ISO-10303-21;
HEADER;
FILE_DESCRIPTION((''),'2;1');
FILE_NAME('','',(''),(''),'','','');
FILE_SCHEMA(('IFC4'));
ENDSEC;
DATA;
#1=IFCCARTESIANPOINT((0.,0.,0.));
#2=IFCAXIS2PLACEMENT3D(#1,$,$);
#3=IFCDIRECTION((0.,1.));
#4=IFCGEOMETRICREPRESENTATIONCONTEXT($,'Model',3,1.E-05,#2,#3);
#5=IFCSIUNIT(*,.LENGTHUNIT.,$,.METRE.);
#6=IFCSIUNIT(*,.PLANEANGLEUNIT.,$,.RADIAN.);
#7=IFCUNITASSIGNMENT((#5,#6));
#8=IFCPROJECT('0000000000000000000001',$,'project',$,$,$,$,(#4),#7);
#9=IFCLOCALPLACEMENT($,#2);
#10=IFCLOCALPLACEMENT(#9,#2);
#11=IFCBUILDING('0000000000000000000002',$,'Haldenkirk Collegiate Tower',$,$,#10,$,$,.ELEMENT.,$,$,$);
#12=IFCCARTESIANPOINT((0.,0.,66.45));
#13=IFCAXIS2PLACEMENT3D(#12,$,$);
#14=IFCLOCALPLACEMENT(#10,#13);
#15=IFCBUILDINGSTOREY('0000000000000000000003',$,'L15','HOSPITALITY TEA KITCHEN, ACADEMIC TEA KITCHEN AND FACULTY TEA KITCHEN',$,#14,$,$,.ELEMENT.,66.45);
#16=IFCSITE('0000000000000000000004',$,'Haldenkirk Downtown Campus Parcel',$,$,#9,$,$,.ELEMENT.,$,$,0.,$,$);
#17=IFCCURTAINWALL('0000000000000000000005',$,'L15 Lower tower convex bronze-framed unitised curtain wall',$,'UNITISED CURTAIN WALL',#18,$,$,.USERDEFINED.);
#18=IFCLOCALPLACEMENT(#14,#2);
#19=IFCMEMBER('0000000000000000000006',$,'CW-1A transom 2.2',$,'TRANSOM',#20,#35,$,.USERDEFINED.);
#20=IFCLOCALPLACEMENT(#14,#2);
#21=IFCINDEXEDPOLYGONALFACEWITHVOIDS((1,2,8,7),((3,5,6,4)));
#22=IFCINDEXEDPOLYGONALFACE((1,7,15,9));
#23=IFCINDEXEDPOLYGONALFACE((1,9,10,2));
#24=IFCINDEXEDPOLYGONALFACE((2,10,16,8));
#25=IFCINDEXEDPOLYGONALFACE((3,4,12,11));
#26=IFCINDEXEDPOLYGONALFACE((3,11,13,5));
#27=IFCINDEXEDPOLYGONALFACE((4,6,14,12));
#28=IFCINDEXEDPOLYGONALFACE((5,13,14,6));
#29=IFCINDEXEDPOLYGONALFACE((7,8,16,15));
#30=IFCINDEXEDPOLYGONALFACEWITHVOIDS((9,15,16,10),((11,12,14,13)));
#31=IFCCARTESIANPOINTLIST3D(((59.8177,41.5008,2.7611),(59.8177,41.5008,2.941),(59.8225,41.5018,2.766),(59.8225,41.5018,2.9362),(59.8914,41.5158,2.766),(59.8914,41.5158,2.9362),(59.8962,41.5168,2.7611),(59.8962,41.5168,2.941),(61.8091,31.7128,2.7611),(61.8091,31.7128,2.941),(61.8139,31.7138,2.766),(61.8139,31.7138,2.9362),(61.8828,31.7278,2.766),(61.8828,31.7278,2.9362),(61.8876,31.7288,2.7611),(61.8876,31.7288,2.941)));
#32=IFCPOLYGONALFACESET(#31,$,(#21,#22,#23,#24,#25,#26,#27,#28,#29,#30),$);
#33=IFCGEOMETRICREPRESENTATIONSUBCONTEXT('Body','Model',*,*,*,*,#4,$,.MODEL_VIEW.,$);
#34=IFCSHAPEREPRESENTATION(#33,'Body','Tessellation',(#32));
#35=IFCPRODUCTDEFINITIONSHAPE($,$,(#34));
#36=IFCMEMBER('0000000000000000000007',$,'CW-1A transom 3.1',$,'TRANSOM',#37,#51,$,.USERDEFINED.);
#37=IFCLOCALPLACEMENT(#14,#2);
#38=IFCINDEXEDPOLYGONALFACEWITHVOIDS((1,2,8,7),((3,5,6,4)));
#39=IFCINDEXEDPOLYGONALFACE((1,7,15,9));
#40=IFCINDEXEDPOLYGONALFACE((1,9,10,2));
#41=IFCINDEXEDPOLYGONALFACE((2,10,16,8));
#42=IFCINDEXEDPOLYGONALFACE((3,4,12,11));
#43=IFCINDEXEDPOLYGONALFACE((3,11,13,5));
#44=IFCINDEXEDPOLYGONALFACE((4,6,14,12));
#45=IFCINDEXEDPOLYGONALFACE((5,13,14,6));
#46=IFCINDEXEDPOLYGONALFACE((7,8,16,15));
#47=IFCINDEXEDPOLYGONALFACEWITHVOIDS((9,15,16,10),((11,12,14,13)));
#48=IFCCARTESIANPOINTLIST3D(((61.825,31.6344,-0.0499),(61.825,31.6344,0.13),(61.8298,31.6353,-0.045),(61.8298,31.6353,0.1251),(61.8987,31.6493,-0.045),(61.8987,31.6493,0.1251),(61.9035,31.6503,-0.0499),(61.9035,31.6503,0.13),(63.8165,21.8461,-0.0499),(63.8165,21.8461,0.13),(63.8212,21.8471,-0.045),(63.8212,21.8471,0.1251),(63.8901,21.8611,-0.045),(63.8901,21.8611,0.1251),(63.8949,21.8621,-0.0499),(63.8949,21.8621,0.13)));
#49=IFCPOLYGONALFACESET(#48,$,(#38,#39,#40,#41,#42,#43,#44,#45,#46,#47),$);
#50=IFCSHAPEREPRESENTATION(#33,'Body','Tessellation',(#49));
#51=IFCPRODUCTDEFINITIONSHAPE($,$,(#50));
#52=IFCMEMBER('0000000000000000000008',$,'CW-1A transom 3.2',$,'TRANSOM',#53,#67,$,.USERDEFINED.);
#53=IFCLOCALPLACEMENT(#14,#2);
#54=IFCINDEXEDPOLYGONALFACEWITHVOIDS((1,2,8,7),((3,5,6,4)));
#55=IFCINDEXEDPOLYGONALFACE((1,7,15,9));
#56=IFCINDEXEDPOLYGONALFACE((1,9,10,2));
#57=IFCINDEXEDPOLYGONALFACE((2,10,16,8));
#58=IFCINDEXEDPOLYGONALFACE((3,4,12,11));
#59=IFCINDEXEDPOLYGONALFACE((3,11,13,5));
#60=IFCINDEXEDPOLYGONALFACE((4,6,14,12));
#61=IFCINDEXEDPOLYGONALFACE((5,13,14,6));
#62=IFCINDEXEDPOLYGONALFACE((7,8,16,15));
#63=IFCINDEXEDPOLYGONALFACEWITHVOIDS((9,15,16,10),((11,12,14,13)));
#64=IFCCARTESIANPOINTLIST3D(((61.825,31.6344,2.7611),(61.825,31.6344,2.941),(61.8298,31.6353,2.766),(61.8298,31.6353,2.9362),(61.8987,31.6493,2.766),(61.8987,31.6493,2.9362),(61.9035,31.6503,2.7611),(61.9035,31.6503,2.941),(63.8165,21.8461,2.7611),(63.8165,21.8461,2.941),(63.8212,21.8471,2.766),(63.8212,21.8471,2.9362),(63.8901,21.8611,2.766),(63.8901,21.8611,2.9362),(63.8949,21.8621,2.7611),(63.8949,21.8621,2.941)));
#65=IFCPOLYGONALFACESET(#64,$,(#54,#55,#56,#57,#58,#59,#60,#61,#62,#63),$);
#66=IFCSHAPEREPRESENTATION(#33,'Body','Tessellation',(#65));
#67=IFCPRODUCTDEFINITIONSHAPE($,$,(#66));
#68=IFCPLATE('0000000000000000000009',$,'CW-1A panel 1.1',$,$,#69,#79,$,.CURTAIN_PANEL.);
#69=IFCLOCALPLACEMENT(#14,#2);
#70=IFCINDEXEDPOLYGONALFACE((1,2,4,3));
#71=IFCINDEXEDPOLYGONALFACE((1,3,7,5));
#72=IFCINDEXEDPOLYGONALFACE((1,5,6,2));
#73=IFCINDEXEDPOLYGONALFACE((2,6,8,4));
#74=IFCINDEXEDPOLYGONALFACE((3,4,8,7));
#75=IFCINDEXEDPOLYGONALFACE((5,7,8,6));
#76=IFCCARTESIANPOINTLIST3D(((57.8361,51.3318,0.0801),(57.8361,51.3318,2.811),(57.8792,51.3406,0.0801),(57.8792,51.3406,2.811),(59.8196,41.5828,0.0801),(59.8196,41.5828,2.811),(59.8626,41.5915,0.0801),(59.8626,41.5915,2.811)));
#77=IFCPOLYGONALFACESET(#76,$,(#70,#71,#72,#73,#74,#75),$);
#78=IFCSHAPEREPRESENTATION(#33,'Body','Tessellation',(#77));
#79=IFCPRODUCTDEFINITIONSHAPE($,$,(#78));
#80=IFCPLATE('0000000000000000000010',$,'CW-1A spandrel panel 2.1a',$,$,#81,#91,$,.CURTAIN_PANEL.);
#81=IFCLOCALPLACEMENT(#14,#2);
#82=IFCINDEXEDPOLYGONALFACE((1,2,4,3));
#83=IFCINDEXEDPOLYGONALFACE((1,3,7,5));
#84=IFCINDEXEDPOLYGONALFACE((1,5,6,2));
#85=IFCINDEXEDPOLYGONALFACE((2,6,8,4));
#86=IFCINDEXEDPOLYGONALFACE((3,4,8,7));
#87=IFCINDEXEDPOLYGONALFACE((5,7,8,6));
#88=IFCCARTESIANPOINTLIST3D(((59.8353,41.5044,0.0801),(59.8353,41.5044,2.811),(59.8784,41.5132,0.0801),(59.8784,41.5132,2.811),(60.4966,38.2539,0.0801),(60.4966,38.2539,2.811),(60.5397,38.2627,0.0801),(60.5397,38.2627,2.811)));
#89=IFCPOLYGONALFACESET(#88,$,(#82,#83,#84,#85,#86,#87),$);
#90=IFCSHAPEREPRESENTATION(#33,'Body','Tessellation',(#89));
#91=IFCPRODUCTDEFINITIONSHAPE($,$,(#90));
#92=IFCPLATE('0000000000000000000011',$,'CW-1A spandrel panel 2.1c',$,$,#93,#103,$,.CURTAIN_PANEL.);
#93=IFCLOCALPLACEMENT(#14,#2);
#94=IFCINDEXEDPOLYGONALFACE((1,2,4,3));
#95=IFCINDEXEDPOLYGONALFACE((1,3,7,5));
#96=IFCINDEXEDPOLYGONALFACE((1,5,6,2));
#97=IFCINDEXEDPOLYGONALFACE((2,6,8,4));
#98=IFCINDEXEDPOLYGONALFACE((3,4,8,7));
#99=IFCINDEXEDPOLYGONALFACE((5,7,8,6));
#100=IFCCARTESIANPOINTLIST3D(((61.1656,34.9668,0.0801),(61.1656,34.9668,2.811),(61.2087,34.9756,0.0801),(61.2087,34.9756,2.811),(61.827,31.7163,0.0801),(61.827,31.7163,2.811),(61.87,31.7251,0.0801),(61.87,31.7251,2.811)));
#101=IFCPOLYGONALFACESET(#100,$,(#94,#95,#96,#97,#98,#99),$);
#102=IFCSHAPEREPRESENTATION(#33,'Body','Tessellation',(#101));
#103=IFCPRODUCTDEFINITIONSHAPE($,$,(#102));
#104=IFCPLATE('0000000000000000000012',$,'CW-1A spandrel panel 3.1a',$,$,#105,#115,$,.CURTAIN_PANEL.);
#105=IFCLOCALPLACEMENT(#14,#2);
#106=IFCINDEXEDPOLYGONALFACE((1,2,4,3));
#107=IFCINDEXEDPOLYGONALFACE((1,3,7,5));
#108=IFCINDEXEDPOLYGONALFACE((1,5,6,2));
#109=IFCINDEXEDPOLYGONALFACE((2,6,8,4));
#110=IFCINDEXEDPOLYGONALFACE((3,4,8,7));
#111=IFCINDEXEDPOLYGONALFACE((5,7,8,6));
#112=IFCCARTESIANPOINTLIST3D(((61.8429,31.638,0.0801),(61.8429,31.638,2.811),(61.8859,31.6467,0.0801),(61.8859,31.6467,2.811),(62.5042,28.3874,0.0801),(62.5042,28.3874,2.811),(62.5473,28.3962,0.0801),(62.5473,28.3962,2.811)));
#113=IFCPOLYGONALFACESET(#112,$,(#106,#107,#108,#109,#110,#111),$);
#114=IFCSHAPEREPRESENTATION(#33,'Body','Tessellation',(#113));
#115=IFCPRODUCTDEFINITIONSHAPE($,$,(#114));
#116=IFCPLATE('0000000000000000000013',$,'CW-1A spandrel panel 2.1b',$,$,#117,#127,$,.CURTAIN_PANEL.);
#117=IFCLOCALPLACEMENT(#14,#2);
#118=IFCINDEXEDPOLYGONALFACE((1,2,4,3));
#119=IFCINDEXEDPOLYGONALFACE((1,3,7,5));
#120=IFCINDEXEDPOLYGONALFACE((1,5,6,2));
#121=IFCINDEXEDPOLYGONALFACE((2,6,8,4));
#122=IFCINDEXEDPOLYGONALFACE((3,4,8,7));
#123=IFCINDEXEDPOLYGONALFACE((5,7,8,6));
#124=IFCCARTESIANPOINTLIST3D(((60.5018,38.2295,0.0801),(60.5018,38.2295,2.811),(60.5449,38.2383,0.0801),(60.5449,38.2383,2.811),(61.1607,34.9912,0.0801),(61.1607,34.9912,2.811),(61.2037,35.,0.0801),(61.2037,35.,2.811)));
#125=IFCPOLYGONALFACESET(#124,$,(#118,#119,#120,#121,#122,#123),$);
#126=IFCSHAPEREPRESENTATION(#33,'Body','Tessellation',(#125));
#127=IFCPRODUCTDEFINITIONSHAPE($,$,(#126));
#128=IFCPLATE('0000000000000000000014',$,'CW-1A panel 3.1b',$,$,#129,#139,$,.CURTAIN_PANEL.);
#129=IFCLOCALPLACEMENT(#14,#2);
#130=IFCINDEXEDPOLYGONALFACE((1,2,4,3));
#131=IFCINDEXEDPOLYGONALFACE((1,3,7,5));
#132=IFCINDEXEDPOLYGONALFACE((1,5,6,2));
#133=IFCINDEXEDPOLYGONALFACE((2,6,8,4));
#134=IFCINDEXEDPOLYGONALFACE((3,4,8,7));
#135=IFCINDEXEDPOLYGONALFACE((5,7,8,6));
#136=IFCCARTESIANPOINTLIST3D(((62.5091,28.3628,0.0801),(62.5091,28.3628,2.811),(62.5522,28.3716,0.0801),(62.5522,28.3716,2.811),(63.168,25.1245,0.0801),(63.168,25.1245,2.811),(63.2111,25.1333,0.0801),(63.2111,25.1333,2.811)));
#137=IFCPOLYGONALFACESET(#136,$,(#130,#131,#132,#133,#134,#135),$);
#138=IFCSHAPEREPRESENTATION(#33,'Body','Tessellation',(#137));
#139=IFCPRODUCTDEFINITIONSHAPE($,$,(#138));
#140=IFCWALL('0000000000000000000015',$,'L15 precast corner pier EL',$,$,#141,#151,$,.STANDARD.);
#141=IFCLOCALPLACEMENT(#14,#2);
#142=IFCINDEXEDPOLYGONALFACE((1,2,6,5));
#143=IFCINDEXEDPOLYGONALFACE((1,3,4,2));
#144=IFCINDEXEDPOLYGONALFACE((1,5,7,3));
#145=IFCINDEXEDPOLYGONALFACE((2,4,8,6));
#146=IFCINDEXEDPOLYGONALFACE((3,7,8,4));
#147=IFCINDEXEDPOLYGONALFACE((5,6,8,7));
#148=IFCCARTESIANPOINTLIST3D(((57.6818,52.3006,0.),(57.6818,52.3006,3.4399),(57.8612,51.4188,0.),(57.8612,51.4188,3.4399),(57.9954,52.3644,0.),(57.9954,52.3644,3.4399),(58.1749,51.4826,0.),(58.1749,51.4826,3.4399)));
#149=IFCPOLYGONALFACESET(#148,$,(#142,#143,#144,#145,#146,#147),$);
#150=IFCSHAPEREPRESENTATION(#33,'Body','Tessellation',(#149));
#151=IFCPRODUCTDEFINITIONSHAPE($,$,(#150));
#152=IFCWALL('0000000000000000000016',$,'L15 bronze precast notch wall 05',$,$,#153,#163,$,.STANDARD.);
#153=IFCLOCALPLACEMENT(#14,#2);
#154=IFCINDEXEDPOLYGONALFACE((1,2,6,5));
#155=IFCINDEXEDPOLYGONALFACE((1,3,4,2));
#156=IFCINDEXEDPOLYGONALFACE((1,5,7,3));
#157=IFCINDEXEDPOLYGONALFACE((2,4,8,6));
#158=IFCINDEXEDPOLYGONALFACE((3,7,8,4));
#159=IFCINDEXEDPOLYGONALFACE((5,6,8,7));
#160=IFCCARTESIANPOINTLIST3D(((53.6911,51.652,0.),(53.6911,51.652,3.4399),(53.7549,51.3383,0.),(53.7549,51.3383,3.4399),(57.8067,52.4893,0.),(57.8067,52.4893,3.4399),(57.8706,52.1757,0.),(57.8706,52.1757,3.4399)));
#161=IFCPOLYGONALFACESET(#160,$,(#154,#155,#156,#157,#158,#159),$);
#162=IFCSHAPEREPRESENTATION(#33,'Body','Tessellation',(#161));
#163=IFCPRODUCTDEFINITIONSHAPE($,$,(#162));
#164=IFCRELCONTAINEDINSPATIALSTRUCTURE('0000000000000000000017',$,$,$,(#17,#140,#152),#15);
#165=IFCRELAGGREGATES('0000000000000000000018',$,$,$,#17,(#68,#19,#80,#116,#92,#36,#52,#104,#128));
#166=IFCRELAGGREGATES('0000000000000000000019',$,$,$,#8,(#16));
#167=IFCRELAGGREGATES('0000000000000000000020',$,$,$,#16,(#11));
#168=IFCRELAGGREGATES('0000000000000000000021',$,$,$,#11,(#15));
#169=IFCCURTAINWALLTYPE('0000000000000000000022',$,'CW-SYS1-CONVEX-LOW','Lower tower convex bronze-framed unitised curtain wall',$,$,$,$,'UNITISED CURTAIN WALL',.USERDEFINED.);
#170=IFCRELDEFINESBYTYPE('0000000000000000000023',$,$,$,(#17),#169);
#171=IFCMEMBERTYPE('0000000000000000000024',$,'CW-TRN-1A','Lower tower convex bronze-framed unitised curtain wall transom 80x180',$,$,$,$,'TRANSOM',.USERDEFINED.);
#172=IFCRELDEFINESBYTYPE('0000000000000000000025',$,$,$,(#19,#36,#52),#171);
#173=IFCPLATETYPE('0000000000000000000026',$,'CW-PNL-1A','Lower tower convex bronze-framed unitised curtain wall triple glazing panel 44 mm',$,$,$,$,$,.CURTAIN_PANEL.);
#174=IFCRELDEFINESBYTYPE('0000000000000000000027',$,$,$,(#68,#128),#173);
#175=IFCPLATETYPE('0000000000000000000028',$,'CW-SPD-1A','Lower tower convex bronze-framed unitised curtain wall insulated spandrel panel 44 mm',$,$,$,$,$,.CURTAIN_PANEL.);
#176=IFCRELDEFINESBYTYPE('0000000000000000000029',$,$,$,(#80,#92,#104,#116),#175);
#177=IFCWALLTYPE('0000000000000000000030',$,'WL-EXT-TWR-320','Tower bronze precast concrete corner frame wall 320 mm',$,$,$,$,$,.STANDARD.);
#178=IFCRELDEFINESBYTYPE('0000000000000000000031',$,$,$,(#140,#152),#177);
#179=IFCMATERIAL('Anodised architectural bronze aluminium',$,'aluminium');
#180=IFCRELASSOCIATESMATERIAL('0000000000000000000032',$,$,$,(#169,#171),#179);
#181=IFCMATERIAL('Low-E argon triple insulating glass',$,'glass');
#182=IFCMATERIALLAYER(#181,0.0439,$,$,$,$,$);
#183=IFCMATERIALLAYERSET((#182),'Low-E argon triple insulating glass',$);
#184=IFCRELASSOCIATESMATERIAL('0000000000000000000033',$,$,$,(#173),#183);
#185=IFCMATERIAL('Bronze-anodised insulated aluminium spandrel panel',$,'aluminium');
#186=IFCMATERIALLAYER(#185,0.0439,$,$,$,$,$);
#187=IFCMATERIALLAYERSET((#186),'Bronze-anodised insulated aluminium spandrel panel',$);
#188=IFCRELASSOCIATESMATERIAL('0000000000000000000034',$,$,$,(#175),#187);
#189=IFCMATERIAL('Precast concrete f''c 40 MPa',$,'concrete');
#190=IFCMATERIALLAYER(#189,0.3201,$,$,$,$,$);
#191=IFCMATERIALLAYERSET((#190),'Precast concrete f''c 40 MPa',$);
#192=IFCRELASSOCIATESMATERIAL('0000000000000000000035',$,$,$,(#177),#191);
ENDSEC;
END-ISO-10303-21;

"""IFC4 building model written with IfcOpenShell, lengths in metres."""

from ifc_helpers import new_model, si_unit, direction, frame, frame_2d, origin, origin_2d, place, context, subcontext, project, spatial, rectangle, hollow_rectangle, extrude, source, transform, mapped, material, layer, layer_set, material_profile, profile_set, type_object, element, aggregate, save


model = new_model("IFC4")

# Units and contexts
model_context = context("Model", 3, precision=1e-05, world=origin(), true_north=direction((0.0, 1.0)))
body_context = subcontext(model_context, "Body", "Model", "MODEL_VIEW")
ifc_project = project(units=[si_unit("LENGTHUNIT", "METRE"), si_unit("PLANEANGLEUNIT", "RADIAN")], contexts=[model_context])

# Site, building, storey
site_placement = place(None, origin())
site = spatial("IfcSite", under=ifc_project, at=site_placement, Name="Haldenkirk Downtown Campus Parcel", CompositionType="ELEMENT", RefElevation=0.0)
building_placement = place(site_placement, origin())
building = spatial("IfcBuilding", under=site, at=building_placement, Name="Haldenkirk Collegiate Tower", CompositionType="ELEMENT")
storey_placement = place(building_placement, frame((0.0, 0.0, 66.45)))
storey = spatial("IfcBuildingStorey", under=building, at=storey_placement, Name="L15", Description="HOSPITALITY TEA KITCHEN, ACADEMIC TEA KITCHEN AND FACULTY TEA KITCHEN", CompositionType="ELEMENT", Elevation=66.45)

# Curtain wall
ifc_material_1 = material(Name="Anodised architectural bronze aluminium", Category="aluminium")
curtain_wall_type = type_object("IfcCurtainWallType", Name="CW-SYS1-CONVEX-LOW", Description="Lower tower convex bronze-framed unitised curtain wall", ElementType="UNITISED CURTAIN WALL", PredefinedType="USERDEFINED", material=ifc_material_1)
curtain_wall_1_placement = place(storey_placement, origin())
curtain_wall_1 = element("IfcCurtainWall", 1, at=curtain_wall_1_placement, inside=storey, type_object=curtain_wall_type, Name="L15 Lower tower convex bronze-framed unitised curtain wall", ObjectType="UNITISED CURTAIN WALL", PredefinedType="USERDEFINED")

# Members
ifc_material_profile_1 = material_profile(ifc_material_1, hollow_rectangle(XDim=0.0801, YDim=0.1799, WallThickness=0.0049, at=origin_2d()), Name="CW-TRN-1A")
ifc_profile_set_1 = profile_set([ifc_material_profile_1], Name="Anodised architectural bronze aluminium")
member_type_1 = type_object("IfcMemberType", Name="CW-TRN-1A", Description="Lower tower convex bronze-framed unitised curtain wall transom 80x180", ElementType="TRANSOM", PredefinedType="USERDEFINED", material=ifc_profile_set_1)
member_1_placement = place(storey_placement, frame((59.8569, 41.5088, 2.8511), z_axis=(0.199372, -0.979924, 0.0), x_axis=(0.979924, 0.199372, 0.0)))
member_1 = element("IfcMember", 2, at=member_1_placement, type_object=member_type_1, Name="CW-1A transom 2.2", ObjectType="TRANSOM", PredefinedType="USERDEFINED", context=body_context, shape_type="SweptSolid", body=[
    extrude(hollow_rectangle(XDim=0.0801, YDim=0.1799, WallThickness=0.0049, at=origin_2d()), origin(), (0.0, 0.0, 1.0), 9.9885),
])
member_2_placement = place(storey_placement, frame((61.8643, 31.6423, 0.04), z_axis=(0.199368, -0.979925, 0.0), x_axis=(0.979925, 0.199368, 0.0)))
member_2 = element("IfcMember", 3, at=member_2_placement, type_object=member_type_1, Name="CW-1A transom 3.1", ObjectType="TRANSOM", PredefinedType="USERDEFINED", context=body_context, shape_type="SweptSolid", body=[
    extrude(hollow_rectangle(XDim=0.0801, YDim=0.1799, WallThickness=0.0049, at=origin_2d()), origin(), (0.0, 0.0, 1.0), 9.9888),
])
member_3_placement = place(storey_placement, frame((61.8643, 31.6423, 2.8511), z_axis=(0.199368, -0.979925, 0.0), x_axis=(0.979925, 0.199368, 0.0)))
member_3 = element("IfcMember", 4, at=member_3_placement, type_object=member_type_1, Name="CW-1A transom 3.2", ObjectType="TRANSOM", PredefinedType="USERDEFINED", context=body_context, shape_type="SweptSolid", body=[
    extrude(hollow_rectangle(XDim=0.0801, YDim=0.1799, WallThickness=0.0049, at=origin_2d()), origin(), (0.0, 0.0, 1.0), 9.9888),
])

# Plates
ifc_material_2 = material(Name="Low-E argon triple insulating glass", Category="glass")
ifc_layer_1 = layer(ifc_material_2, 0.0439)
ifc_layer_set_1 = layer_set([ifc_layer_1], Name="Low-E argon triple insulating glass")
plate_type_1 = type_object("IfcPlateType", Name="CW-PNL-1A", Description="Lower tower convex bronze-framed unitised curtain wall triple glazing panel 44 mm", PredefinedType="CURTAIN_PANEL", material=ifc_layer_set_1)
shared_shape_1 = source(origin(), body_context, "Body", "SweptSolid", [
    extrude(rectangle(XDim=9.9487, YDim=0.0439, at=origin_2d()), origin(), (0.0, 0.0, 1.0), 2.731),
])
plate_1_placement = place(storey_placement, frame((58.8494, 46.4617, 0.0801), z_axis=(0.0, 0.0, 1.0), x_axis=(0.199369, -0.979924, 0.0)))
plate_1 = element("IfcPlate", 5, at=plate_1_placement, type_object=plate_type_1, Name="CW-1A panel 1.1", PredefinedType="CURTAIN_PANEL", context=body_context, shape_type="MappedRepresentation", body=[
    mapped(shared_shape_1, transform((0.0, 0.0, 0.0), x_axis=(1.0, 0.0, 0.0), y_axis=(0.0, 1.0, 0.0), z_axis=(0.0, 0.0, 1.0), scale=1.0)),
])
ifc_material_3 = material(Name="Bronze-anodised insulated aluminium spandrel panel", Category="aluminium")
ifc_layer_2 = layer(ifc_material_3, 0.0439)
ifc_layer_set_2 = layer_set([ifc_layer_2], Name="Bronze-anodised insulated aluminium spandrel panel")
plate_type_2 = type_object("IfcPlateType", Name="CW-SPD-1A", Description="Lower tower convex bronze-framed unitised curtain wall insulated spandrel panel 44 mm", PredefinedType="CURTAIN_PANEL", material=ifc_layer_set_2)
shared_shape_2 = source(origin(), body_context, "Body", "SweptSolid", [
    extrude(rectangle(XDim=3.3171, YDim=0.0439, at=origin_2d()), origin(), (0.0, 0.0, 1.0), 2.731),
])
plate_2_placement = place(storey_placement, frame((60.1875, 39.8835, 0.0801), z_axis=(0.0, 0.0, 1.0), x_axis=(0.199369, -0.979924, 0.0)))
plate_2 = element("IfcPlate", 6, at=plate_2_placement, type_object=plate_type_2, Name="CW-1A spandrel panel 2.1a", PredefinedType="CURTAIN_PANEL", context=body_context, shape_type="MappedRepresentation", body=[
    mapped(shared_shape_2, transform((0.0, 0.0, 0.0), x_axis=(1.0, 0.0, 0.0), y_axis=(0.0, 1.0, 0.0), z_axis=(0.0, 0.0, 1.0), scale=1.0)),
])
plate_3_placement = place(storey_placement, frame((61.5178, 33.3459, 0.0801), z_axis=(0.0, 0.0, 1.0), x_axis=(0.199369, -0.979924, 0.0)))
plate_3 = element("IfcPlate", 7, at=plate_3_placement, type_object=plate_type_2, Name="CW-1A spandrel panel 2.1c", PredefinedType="CURTAIN_PANEL", context=body_context, shape_type="MappedRepresentation", body=[
    mapped(shared_shape_2, transform((0.0, 0.0, 0.0), x_axis=(1.0, 0.0, 0.0), y_axis=(0.0, 1.0, 0.0), z_axis=(0.0, 0.0, 1.0), scale=1.0)),
])
plate_4_placement = place(storey_placement, frame((62.1951, 30.0171, 0.0801), z_axis=(0.0, 0.0, 1.0), x_axis=(0.199369, -0.979924, 0.0)))
plate_4 = element("IfcPlate", 8, at=plate_4_placement, type_object=plate_type_2, Name="CW-1A spandrel panel 3.1a", PredefinedType="CURTAIN_PANEL", context=body_context, shape_type="MappedRepresentation", body=[
    mapped(shared_shape_2, transform((0.0, 0.0, 0.0), x_axis=(1.0, 0.0, 0.0), y_axis=(0.0, 1.0, 0.0), z_axis=(0.0, 0.0, 1.0), scale=1.0)),
])
shared_shape_3 = source(origin(), body_context, "Body", "SweptSolid", [
    extrude(rectangle(XDim=3.3047, YDim=0.0439, at=origin_2d()), origin(), (0.0, 0.0, 1.0), 2.731),
])
plate_5_placement = place(storey_placement, frame((60.8528, 36.6147, 0.0801), z_axis=(0.0, 0.0, 1.0), x_axis=(0.199369, -0.979924, 0.0)))
plate_5 = element("IfcPlate", 9, at=plate_5_placement, type_object=plate_type_2, Name="CW-1A spandrel panel 2.1b", PredefinedType="CURTAIN_PANEL", context=body_context, shape_type="MappedRepresentation", body=[
    mapped(shared_shape_3, transform((0.0, 0.0, 0.0), x_axis=(1.0, 0.0, 0.0), y_axis=(0.0, 1.0, 0.0), z_axis=(0.0, 0.0, 1.0), scale=1.0)),
])
plate_6_placement = place(storey_placement, frame((62.8601, 26.748, 0.0801), z_axis=(0.0, 0.0, 1.0), x_axis=(0.199369, -0.979924, 0.0)))
plate_6 = element("IfcPlate", 10, at=plate_6_placement, type_object=plate_type_1, Name="CW-1A panel 3.1b", PredefinedType="CURTAIN_PANEL", context=body_context, shape_type="MappedRepresentation", body=[
    mapped(shared_shape_3, transform((0.0, 0.0, 0.0), x_axis=(1.0, 0.0, 0.0), y_axis=(0.0, 1.0, 0.0), z_axis=(0.0, 0.0, 1.0), scale=1.0)),
])
aggregate(curtain_wall_1, [plate_1, member_1, plate_2, plate_5, plate_3, member_2, member_3, plate_4, plate_6])

# Walls
ifc_material_4 = material(Name="Precast concrete f'c 40 MPa", Category="concrete")
ifc_layer_3 = layer(ifc_material_4, 0.3201)
ifc_layer_set_3 = layer_set([ifc_layer_3], Name="Precast concrete f'c 40 MPa")
wall_type = type_object("IfcWallType", Name="WL-EXT-TWR-320", Description="Tower bronze precast concrete corner frame wall 320 mm", PredefinedType="STANDARD", material=ifc_layer_set_3)
wall_1_placement = place(storey_placement, frame((57.8386, 52.3325, 0.0), z_axis=(0.0, 0.0, 1.0), x_axis=(0.199402, -0.979918, 0.0)))
element("IfcWall", 11, at=wall_1_placement, inside=storey, type_object=wall_type, Name="L15 precast corner pier EL", PredefinedType="STANDARD", context=body_context, shape_type="SweptSolid", body=[
    extrude(rectangle(XDim=0.8999, YDim=0.3201, at=frame_2d((0.45, 0.0))), origin(), (0.0, 0.0, 1.0), 3.4399),
])
wall_2_placement = place(storey_placement, frame((53.7229, 51.4951, 0.0), z_axis=(0.0, 0.0, 1.0), x_axis=(0.979922, 0.199379, 0.0)))
element("IfcWall", 12, at=wall_2_placement, inside=storey, type_object=wall_type, Name="L15 bronze precast notch wall 05", PredefinedType="STANDARD", context=body_context, shape_type="SweptSolid", body=[
    extrude(rectangle(XDim=4.2, YDim=0.3201, at=frame_2d((2.1001, 0.0))), origin(), (0.0, 0.0, 1.0), 3.4399),
])

save(model, "model.ifc")
